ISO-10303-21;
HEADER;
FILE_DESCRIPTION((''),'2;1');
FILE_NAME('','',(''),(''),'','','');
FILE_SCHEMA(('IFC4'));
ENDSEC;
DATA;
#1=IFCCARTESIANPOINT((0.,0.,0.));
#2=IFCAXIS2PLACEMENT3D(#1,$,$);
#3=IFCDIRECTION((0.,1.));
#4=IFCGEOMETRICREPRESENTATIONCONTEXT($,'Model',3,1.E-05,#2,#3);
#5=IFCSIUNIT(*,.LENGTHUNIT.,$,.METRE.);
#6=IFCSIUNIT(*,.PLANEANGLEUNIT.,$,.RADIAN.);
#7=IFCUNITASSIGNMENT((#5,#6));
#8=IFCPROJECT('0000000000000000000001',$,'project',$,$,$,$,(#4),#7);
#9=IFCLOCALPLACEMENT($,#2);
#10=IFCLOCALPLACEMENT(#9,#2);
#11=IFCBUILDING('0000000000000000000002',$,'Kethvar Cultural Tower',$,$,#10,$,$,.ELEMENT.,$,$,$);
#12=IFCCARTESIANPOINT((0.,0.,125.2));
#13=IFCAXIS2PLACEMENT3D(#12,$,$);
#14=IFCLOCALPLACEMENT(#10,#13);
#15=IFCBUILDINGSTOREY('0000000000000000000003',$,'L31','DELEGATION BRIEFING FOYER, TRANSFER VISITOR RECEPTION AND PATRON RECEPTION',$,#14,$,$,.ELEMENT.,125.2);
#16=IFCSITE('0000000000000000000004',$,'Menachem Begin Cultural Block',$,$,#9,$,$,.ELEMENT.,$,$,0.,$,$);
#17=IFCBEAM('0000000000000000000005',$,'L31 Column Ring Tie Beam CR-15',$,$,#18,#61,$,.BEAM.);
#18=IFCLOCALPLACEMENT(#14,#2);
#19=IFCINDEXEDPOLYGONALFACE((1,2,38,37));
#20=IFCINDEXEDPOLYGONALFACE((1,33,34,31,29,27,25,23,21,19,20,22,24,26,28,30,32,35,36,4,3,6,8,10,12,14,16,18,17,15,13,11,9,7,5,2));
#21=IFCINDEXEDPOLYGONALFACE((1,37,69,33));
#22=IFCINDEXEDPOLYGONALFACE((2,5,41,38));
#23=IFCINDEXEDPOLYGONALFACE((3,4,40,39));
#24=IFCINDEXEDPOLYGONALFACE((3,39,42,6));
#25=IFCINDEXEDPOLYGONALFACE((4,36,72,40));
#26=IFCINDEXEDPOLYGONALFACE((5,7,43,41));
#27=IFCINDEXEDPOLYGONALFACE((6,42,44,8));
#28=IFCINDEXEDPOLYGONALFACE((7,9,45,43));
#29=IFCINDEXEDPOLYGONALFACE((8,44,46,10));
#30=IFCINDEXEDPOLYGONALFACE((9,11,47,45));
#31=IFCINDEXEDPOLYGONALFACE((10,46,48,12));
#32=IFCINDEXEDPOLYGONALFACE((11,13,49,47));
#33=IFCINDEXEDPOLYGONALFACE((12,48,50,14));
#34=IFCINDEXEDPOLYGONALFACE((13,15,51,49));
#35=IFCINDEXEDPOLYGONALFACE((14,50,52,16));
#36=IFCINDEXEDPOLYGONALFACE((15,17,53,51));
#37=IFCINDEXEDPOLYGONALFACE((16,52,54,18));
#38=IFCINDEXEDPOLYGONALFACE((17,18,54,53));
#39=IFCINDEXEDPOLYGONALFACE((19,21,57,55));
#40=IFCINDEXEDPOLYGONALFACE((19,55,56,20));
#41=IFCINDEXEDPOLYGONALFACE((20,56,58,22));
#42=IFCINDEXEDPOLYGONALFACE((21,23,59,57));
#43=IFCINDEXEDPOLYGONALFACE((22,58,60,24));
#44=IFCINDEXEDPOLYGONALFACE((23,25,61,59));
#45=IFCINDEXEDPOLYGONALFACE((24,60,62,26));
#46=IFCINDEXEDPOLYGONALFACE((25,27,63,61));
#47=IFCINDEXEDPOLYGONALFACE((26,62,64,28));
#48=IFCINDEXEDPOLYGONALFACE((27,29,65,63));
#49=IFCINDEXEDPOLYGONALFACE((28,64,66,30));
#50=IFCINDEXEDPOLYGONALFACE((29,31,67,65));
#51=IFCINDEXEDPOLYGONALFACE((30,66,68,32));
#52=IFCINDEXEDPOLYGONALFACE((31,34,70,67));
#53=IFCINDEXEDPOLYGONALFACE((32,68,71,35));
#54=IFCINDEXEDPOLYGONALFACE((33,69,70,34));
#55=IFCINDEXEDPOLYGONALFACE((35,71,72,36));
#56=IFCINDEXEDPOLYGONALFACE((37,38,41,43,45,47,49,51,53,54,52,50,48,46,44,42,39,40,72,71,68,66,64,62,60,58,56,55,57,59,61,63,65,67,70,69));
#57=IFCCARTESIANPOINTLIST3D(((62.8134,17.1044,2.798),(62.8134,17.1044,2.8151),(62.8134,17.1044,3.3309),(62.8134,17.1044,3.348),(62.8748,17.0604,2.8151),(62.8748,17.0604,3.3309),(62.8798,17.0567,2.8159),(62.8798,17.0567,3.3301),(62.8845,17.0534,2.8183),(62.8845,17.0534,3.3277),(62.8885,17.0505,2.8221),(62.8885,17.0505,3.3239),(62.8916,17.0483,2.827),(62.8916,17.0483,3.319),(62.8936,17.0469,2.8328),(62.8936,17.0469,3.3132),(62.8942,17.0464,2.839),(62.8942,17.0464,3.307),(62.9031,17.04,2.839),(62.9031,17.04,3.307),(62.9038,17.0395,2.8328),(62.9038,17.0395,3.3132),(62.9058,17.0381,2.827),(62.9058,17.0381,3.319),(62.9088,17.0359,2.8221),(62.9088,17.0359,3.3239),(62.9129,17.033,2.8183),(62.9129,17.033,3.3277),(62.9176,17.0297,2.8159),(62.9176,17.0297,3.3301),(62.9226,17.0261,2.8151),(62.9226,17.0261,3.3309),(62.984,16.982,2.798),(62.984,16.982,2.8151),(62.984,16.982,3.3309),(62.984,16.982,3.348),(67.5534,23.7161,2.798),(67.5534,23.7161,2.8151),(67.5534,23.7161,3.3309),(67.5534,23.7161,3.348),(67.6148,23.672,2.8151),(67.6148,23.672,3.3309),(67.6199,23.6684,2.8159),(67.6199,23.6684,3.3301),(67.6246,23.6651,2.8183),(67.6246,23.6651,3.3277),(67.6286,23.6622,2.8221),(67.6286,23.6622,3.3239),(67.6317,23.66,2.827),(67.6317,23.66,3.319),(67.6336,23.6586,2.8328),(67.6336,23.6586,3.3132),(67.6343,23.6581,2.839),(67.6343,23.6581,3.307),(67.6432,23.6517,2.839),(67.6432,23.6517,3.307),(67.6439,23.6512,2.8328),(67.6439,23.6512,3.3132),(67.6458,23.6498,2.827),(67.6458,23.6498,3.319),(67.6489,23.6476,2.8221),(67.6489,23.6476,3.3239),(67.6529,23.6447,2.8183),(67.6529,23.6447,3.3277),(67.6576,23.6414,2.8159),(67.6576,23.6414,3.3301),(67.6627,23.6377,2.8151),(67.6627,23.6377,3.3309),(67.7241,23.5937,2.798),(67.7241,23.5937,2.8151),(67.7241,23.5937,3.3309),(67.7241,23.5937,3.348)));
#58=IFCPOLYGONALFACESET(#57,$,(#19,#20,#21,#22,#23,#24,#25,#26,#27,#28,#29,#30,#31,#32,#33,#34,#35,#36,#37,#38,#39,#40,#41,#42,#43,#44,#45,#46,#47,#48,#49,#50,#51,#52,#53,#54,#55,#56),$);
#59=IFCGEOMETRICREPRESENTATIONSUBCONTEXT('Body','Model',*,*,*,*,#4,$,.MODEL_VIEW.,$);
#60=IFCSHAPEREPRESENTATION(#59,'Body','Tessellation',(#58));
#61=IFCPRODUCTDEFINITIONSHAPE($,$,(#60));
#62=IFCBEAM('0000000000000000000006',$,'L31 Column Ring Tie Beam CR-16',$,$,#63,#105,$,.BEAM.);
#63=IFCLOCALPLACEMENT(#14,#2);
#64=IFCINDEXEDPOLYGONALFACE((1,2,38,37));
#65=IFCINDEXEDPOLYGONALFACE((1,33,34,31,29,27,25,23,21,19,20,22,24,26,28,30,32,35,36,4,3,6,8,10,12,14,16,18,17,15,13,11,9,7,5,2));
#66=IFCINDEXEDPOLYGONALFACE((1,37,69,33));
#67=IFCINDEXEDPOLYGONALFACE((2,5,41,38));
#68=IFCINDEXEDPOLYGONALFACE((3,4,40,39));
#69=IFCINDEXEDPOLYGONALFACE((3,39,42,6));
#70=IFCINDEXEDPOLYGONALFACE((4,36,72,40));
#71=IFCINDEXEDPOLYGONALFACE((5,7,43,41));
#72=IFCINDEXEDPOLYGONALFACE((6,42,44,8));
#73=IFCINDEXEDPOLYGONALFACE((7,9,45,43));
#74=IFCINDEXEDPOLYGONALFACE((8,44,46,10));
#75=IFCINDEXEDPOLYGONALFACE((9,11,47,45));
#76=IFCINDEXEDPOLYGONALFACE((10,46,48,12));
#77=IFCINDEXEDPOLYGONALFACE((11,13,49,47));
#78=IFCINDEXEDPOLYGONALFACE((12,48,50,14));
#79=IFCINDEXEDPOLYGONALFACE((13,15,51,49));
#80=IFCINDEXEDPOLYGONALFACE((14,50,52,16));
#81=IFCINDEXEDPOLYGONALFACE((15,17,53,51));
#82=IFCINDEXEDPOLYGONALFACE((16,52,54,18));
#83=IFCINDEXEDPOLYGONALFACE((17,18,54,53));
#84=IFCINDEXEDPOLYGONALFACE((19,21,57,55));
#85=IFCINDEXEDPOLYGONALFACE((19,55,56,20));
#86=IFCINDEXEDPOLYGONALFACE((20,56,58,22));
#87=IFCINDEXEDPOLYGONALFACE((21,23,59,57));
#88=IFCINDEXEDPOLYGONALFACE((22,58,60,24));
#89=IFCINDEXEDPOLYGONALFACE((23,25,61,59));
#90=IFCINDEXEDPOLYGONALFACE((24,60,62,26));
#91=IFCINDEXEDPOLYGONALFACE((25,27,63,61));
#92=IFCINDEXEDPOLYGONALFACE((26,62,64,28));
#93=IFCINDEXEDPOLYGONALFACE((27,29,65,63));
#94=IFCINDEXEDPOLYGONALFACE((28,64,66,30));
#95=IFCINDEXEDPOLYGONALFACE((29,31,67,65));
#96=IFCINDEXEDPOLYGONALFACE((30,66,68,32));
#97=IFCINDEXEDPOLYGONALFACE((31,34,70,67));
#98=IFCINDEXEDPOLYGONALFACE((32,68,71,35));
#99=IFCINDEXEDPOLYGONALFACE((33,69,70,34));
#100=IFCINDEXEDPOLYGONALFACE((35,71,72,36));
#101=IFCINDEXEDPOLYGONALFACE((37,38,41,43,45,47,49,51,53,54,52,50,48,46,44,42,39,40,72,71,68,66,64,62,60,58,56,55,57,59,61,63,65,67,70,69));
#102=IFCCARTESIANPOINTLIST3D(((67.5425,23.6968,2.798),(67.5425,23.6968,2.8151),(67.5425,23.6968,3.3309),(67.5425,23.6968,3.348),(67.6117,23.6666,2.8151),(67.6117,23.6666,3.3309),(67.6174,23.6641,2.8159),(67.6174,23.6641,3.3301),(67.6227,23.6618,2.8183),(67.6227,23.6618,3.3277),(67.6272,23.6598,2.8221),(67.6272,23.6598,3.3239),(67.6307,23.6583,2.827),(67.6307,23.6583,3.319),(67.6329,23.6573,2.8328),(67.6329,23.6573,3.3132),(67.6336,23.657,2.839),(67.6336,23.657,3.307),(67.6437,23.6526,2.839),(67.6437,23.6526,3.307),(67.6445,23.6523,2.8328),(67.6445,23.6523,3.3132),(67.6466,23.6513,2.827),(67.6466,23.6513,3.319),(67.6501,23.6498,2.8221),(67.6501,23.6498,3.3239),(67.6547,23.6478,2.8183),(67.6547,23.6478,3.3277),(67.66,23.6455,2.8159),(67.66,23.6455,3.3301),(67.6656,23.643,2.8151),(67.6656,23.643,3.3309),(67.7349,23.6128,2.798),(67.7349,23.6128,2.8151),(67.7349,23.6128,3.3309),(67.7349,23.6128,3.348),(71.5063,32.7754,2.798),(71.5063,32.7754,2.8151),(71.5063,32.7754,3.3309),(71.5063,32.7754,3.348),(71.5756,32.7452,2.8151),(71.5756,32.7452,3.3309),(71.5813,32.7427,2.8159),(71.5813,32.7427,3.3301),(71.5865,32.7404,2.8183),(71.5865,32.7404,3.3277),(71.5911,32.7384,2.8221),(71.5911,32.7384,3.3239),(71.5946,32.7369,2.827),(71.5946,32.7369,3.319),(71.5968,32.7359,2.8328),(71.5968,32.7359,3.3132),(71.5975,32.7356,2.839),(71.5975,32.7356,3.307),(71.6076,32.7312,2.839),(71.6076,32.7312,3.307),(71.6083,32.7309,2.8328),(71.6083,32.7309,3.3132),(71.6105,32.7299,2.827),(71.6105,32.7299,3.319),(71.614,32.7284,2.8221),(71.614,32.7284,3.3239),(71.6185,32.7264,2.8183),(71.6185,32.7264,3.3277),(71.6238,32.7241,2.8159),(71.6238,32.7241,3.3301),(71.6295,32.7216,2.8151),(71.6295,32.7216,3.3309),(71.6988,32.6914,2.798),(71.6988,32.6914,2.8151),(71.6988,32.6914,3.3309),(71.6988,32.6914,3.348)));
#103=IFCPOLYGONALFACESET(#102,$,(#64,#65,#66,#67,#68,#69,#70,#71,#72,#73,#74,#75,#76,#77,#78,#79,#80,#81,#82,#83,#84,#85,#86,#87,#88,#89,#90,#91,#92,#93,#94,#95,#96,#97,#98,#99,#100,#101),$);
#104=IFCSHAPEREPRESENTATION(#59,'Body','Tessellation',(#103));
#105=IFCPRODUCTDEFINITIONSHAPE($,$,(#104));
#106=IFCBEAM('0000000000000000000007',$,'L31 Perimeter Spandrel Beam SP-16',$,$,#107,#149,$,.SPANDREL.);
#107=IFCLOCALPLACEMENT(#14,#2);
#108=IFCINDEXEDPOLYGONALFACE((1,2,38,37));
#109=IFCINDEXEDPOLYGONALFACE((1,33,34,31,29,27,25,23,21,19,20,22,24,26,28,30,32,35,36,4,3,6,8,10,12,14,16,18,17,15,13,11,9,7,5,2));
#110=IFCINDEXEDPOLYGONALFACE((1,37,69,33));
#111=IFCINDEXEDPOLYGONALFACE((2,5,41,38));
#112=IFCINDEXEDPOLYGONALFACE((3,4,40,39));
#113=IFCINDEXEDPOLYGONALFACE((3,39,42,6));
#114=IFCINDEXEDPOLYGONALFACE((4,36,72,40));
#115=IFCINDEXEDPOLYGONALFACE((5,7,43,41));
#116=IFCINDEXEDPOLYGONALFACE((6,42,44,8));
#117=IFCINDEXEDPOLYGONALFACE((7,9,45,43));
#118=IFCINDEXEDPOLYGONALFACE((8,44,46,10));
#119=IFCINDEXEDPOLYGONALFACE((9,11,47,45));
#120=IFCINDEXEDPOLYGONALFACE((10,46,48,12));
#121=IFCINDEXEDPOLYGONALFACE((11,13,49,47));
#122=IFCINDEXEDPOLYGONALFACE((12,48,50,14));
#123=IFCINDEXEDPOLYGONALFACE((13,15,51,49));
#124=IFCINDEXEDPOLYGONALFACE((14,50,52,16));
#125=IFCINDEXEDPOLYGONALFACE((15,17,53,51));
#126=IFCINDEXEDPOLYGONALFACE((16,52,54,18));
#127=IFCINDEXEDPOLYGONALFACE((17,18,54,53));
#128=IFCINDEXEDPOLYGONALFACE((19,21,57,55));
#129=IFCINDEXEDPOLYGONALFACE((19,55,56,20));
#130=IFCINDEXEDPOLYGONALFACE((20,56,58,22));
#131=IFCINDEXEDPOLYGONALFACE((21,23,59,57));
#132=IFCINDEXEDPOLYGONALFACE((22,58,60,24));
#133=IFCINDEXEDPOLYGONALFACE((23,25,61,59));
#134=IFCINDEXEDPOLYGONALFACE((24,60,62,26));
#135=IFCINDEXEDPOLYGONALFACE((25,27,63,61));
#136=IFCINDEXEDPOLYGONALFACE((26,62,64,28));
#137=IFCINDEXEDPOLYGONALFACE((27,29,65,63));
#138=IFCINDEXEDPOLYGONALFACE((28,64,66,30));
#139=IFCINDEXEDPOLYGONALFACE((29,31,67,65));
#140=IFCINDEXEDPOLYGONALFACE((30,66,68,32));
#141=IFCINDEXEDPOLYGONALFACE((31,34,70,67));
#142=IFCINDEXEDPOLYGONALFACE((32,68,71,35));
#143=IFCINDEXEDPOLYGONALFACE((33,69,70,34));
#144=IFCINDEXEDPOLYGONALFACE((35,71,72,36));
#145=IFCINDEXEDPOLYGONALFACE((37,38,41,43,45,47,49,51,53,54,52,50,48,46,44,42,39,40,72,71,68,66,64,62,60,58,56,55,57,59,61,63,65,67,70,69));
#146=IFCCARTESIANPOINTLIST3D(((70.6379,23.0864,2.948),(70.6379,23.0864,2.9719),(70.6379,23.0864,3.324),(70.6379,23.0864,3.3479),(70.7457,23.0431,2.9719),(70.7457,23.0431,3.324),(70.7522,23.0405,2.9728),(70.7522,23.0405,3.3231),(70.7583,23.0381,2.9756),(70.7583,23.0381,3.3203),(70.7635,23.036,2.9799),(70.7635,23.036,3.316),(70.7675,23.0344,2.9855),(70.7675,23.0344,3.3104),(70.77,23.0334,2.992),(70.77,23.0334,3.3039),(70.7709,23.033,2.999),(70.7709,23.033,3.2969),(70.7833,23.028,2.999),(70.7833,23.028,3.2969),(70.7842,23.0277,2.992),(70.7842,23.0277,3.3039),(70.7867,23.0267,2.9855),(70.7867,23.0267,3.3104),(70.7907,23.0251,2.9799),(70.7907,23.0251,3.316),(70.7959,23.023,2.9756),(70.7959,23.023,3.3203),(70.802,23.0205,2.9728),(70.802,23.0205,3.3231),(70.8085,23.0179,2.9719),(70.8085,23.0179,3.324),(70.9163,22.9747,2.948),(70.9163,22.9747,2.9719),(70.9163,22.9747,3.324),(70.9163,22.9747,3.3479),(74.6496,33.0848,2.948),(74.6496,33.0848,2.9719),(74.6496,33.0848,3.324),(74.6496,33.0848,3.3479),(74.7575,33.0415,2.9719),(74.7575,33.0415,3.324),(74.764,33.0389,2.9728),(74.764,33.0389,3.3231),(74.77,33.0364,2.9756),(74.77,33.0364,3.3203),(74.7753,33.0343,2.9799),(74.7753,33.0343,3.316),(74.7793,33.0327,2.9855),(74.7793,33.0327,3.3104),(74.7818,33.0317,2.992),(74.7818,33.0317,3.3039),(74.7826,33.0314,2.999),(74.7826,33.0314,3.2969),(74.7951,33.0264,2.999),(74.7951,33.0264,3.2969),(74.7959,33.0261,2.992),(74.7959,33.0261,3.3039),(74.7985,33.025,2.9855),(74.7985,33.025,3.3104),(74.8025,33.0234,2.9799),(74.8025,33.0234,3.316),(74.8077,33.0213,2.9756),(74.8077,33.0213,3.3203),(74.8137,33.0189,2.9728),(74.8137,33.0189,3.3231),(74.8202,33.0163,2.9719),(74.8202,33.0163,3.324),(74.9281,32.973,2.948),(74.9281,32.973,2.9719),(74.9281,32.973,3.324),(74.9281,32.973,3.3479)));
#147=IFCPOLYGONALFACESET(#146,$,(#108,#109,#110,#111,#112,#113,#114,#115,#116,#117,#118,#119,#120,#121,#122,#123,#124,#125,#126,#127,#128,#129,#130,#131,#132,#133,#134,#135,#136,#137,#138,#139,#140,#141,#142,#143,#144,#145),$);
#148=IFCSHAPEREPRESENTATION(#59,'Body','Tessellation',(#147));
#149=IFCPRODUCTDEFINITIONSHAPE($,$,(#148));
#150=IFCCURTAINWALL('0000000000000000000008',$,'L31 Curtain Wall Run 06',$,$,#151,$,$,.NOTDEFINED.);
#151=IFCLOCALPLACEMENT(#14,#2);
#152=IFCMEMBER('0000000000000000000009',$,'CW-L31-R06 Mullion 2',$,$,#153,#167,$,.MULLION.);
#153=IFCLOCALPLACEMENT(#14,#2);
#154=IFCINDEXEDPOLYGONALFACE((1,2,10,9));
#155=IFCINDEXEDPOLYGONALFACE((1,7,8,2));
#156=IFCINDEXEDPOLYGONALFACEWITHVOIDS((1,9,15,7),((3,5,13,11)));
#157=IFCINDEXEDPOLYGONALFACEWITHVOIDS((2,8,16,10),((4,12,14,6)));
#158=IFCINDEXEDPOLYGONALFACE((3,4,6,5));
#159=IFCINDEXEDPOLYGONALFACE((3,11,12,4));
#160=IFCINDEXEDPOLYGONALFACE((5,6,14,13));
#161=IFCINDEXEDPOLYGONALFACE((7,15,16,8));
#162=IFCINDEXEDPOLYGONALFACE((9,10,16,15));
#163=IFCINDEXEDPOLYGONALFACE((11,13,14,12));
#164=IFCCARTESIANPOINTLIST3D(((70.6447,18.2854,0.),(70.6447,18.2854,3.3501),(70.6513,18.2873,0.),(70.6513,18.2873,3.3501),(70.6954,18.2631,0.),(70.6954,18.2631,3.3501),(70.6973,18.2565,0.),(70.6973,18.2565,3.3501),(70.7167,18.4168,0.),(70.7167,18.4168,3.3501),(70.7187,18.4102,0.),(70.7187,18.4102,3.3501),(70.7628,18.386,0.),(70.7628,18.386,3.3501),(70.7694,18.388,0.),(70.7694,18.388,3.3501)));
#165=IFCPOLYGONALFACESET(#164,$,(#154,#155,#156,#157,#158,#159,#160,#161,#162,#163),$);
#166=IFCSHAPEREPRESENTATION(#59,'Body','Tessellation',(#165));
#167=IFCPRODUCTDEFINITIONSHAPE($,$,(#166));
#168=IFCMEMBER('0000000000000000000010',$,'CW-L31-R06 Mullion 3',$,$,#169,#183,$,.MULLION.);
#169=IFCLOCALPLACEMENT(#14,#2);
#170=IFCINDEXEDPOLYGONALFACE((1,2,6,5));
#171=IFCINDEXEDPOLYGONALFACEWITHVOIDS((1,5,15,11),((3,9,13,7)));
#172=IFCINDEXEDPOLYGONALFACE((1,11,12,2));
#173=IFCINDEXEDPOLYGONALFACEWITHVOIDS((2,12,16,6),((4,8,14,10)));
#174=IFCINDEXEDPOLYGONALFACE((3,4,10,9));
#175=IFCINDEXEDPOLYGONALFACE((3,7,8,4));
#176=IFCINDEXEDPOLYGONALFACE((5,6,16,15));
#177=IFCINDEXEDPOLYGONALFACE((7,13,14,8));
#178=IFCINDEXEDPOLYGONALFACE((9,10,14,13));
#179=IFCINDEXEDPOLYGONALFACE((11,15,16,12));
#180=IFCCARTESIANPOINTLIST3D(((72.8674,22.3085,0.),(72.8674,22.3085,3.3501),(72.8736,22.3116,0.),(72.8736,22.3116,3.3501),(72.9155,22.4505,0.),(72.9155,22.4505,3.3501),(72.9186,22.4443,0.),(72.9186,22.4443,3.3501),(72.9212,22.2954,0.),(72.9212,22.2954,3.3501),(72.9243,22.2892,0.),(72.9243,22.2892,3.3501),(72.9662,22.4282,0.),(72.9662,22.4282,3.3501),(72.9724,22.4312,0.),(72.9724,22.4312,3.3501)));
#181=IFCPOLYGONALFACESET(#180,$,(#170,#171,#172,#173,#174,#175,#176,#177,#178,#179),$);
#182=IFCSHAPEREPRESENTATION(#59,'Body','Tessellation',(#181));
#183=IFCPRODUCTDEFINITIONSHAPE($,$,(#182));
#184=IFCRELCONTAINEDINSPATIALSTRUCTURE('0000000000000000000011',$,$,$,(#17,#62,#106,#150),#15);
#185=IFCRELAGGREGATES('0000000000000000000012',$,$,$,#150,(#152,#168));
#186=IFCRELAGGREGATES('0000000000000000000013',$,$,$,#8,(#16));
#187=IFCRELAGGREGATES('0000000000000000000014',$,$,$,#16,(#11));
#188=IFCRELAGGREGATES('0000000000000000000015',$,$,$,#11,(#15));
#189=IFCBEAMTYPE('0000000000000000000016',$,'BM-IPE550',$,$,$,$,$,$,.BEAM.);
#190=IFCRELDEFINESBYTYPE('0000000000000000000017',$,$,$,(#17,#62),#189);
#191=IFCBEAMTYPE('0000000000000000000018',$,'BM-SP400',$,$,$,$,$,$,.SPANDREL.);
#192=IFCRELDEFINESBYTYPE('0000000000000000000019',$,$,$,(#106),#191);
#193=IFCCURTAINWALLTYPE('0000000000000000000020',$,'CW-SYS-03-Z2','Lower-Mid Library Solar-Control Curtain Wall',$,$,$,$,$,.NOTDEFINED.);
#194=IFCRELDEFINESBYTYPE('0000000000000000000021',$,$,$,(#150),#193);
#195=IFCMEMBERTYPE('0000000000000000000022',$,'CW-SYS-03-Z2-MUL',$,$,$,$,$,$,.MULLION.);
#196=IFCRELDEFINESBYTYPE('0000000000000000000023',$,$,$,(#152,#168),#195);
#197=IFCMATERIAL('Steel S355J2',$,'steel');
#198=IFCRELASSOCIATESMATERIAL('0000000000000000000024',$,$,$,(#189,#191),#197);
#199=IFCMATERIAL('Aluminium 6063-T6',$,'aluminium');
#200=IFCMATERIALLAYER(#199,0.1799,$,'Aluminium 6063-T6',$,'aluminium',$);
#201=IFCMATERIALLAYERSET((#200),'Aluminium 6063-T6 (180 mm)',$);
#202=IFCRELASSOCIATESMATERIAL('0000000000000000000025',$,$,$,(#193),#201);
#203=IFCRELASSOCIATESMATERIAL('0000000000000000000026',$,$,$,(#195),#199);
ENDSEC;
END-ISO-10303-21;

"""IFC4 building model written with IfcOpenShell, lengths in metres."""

from ifc_helpers import new_model, si_unit, direction, frame, origin, origin_2d, place, context, subcontext, project, spatial, hollow_rectangle, i_section, extrude, source, transform, mapped, material, layer, layer_set, material_profile, profile_set, type_object, element, aggregate, save


model = new_model("IFC4")

# Units and contexts
model_context = context("Model", 3, precision=1e-05, world=origin(), true_north=direction((0.0, 1.0)))
body_context = subcontext(model_context, "Body", "Model", "MODEL_VIEW")
ifc_project = project(units=[si_unit("LENGTHUNIT", "METRE"), si_unit("PLANEANGLEUNIT", "RADIAN")], contexts=[model_context])

# Site, building, storey
site_placement = place(None, origin())
site = spatial("IfcSite", under=ifc_project, at=site_placement, Name="Menachem Begin Cultural Block", CompositionType="ELEMENT", RefElevation=0.0)
building_placement = place(site_placement, origin())
building = spatial("IfcBuilding", under=site, at=building_placement, Name="Kethvar Cultural Tower", CompositionType="ELEMENT")
storey_placement = place(building_placement, frame((0.0, 0.0, 125.2)))
storey = spatial("IfcBuildingStorey", under=building, at=storey_placement, Name="L31", Description="DELEGATION BRIEFING FOYER, TRANSFER VISITOR RECEPTION AND PATRON RECEPTION", CompositionType="ELEMENT", Elevation=125.2)

# Beams
ifc_material_1 = material(Name="Steel S355J2", Category="steel")
ifc_material_profile_1 = material_profile(ifc_material_1, i_section(OverallWidth=0.21, OverallDepth=0.55, WebThickness=0.011, FlangeThickness=0.0171, FilletRadius=0.0239, at=origin_2d()), Name="Steel S355J2 — IPE550")
ifc_profile_set_1 = profile_set([ifc_material_profile_1], Name="Steel S355J2 — IPE550")
beam_type_1 = type_object("IfcBeamType", Name="BM-IPE550", PredefinedType="BEAM", material=ifc_profile_set_1)
shared_shape_1 = source(origin(), body_context, "Body", "SweptSolid", [
    extrude(i_section(OverallWidth=0.21, OverallDepth=0.55, WebThickness=0.011, FlangeThickness=0.0171, FilletRadius=0.0239, at=origin_2d()), origin(), (0.0, 0.0, 1.0), 8.1353),
])
beam_1_placement = place(storey_placement, frame((62.8987, 17.0432, 3.073), z_axis=(0.582657, 0.812718, 0.0), x_axis=(-0.812718, 0.582657, 0.0)))
element("IfcBeam", 1, at=beam_1_placement, inside=storey, type_object=beam_type_1, Name="L31 Column Ring Tie Beam CR-15", PredefinedType="BEAM", context=body_context, shape_type="MappedRepresentation", body=[
    mapped(shared_shape_1, transform((0.0, 0.0, 0.0), scale=1.0)),
])
shared_shape_2 = source(origin(), body_context, "Body", "SweptSolid", [
    extrude(i_section(OverallWidth=0.21, OverallDepth=0.55, WebThickness=0.011, FlangeThickness=0.0171, FilletRadius=0.0239, at=origin_2d()), origin(), (0.0, 0.0, 1.0), 9.9062),
])
beam_2_placement = place(storey_placement, frame((67.6387, 23.6548, 3.073), z_axis=(0.400139, 0.916455, 0.0), x_axis=(-0.916455, 0.400139, 0.0)))
element("IfcBeam", 2, at=beam_2_placement, inside=storey, type_object=beam_type_1, Name="L31 Column Ring Tie Beam CR-16", PredefinedType="BEAM", context=body_context, shape_type="MappedRepresentation", body=[
    mapped(shared_shape_2, transform((0.0, 0.0, 0.0), scale=1.0)),
])
ifc_material_profile_2 = material_profile(ifc_material_1, i_section(OverallWidth=0.3, OverallDepth=0.3999, WebThickness=0.0134, FlangeThickness=0.0239, FilletRadius=0.0271, at=origin_2d()), Name="Steel S355J2 — HEB400")
ifc_profile_set_2 = profile_set([ifc_material_profile_2], Name="Steel S355J2 — HEB400")
beam_type_2 = type_object("IfcBeamType", Name="BM-SP400", PredefinedType="SPANDREL", material=ifc_profile_set_2)
shared_shape_3 = source(origin(), body_context, "Body", "SweptSolid", [
    extrude(i_section(OverallWidth=0.3, OverallDepth=0.3999, WebThickness=0.0134, FlangeThickness=0.0239, FilletRadius=0.0271, at=origin_2d()), origin(), (0.0, 0.0, 1.0), 10.7732),
])
beam_3_placement = place(storey_placement, frame((70.7771, 23.0305, 3.1479), z_axis=(0.372383, 0.928079, 0.0), x_axis=(-0.928079, 0.372383, 0.0)))
element("IfcBeam", 3, at=beam_3_placement, inside=storey, type_object=beam_type_2, Name="L31 Perimeter Spandrel Beam SP-16", PredefinedType="SPANDREL", context=body_context, shape_type="MappedRepresentation", body=[
    mapped(shared_shape_3, transform((0.0, 0.0, 0.0), scale=1.0)),
])

# Curtain wall, members
ifc_material_2 = material(Name="Aluminium 6063-T6", Category="aluminium")
ifc_layer_1 = layer(ifc_material_2, 0.1799, Name="Aluminium 6063-T6", Category="aluminium")
ifc_layer_set_1 = layer_set([ifc_layer_1], Name="Aluminium 6063-T6 (180 mm)")
curtain_wall_type = type_object("IfcCurtainWallType", Name="CW-SYS-03-Z2", Description="Lower-Mid Library Solar-Control Curtain Wall", PredefinedType="NOTDEFINED", material=ifc_layer_set_1)
curtain_wall_placement = place(storey_placement, origin())
curtain_wall = element("IfcCurtainWall", 4, at=curtain_wall_placement, inside=storey, type_object=curtain_wall_type, Name="L31 Curtain Wall Run 06", PredefinedType="NOTDEFINED")
ifc_material_profile_3 = material_profile(ifc_material_2, hollow_rectangle(XDim=0.0601, YDim=0.1499, WallThickness=0.0049, at=origin_2d()), Name="Aluminium 6063-T6 — RHS150x60x5")
ifc_profile_set_3 = profile_set([ifc_material_profile_3], Name="Aluminium 6063-T6 — RHS150x60x5")
member_type_1 = type_object("IfcMemberType", Name="CW-SYS-03-Z2-MUL", PredefinedType="MULLION", material=ifc_profile_set_3)
shared_shape_4 = source(origin(), body_context, "Body", "SweptSolid", [
    extrude(hollow_rectangle(XDim=0.0601, YDim=0.1499, WallThickness=0.0049, at=origin_2d()), origin(), (0.0, 0.0, 1.0), 3.3501),
])
member_1_placement = place(storey_placement, frame((70.707, 18.3367, 0.0), z_axis=(0.0, 0.0, 1.0), x_axis=(-0.876903, 0.480667, 0.0)))
member_1 = element("IfcMember", 5, at=member_1_placement, type_object=member_type_1, Name="CW-L31-R06 Mullion 2", PredefinedType="MULLION", context=body_context, shape_type="MappedRepresentation", body=[
    mapped(shared_shape_4, transform((0.0, 0.0, 0.0), scale=1.0)),
])
member_2_placement = place(storey_placement, frame((72.9199, 22.3699, 0.0), z_axis=(0.0, 0.0, 1.0), x_axis=(-0.947081, 0.320993, 0.0)))
member_2 = element("IfcMember", 6, at=member_2_placement, type_object=member_type_1, Name="CW-L31-R06 Mullion 3", PredefinedType="MULLION", context=body_context, shape_type="MappedRepresentation", body=[
    mapped(shared_shape_4, transform((0.0, 0.0, 0.0), scale=1.0)),
])
aggregate(curtain_wall, [member_1, member_2])

save(model, "model.ifc")
